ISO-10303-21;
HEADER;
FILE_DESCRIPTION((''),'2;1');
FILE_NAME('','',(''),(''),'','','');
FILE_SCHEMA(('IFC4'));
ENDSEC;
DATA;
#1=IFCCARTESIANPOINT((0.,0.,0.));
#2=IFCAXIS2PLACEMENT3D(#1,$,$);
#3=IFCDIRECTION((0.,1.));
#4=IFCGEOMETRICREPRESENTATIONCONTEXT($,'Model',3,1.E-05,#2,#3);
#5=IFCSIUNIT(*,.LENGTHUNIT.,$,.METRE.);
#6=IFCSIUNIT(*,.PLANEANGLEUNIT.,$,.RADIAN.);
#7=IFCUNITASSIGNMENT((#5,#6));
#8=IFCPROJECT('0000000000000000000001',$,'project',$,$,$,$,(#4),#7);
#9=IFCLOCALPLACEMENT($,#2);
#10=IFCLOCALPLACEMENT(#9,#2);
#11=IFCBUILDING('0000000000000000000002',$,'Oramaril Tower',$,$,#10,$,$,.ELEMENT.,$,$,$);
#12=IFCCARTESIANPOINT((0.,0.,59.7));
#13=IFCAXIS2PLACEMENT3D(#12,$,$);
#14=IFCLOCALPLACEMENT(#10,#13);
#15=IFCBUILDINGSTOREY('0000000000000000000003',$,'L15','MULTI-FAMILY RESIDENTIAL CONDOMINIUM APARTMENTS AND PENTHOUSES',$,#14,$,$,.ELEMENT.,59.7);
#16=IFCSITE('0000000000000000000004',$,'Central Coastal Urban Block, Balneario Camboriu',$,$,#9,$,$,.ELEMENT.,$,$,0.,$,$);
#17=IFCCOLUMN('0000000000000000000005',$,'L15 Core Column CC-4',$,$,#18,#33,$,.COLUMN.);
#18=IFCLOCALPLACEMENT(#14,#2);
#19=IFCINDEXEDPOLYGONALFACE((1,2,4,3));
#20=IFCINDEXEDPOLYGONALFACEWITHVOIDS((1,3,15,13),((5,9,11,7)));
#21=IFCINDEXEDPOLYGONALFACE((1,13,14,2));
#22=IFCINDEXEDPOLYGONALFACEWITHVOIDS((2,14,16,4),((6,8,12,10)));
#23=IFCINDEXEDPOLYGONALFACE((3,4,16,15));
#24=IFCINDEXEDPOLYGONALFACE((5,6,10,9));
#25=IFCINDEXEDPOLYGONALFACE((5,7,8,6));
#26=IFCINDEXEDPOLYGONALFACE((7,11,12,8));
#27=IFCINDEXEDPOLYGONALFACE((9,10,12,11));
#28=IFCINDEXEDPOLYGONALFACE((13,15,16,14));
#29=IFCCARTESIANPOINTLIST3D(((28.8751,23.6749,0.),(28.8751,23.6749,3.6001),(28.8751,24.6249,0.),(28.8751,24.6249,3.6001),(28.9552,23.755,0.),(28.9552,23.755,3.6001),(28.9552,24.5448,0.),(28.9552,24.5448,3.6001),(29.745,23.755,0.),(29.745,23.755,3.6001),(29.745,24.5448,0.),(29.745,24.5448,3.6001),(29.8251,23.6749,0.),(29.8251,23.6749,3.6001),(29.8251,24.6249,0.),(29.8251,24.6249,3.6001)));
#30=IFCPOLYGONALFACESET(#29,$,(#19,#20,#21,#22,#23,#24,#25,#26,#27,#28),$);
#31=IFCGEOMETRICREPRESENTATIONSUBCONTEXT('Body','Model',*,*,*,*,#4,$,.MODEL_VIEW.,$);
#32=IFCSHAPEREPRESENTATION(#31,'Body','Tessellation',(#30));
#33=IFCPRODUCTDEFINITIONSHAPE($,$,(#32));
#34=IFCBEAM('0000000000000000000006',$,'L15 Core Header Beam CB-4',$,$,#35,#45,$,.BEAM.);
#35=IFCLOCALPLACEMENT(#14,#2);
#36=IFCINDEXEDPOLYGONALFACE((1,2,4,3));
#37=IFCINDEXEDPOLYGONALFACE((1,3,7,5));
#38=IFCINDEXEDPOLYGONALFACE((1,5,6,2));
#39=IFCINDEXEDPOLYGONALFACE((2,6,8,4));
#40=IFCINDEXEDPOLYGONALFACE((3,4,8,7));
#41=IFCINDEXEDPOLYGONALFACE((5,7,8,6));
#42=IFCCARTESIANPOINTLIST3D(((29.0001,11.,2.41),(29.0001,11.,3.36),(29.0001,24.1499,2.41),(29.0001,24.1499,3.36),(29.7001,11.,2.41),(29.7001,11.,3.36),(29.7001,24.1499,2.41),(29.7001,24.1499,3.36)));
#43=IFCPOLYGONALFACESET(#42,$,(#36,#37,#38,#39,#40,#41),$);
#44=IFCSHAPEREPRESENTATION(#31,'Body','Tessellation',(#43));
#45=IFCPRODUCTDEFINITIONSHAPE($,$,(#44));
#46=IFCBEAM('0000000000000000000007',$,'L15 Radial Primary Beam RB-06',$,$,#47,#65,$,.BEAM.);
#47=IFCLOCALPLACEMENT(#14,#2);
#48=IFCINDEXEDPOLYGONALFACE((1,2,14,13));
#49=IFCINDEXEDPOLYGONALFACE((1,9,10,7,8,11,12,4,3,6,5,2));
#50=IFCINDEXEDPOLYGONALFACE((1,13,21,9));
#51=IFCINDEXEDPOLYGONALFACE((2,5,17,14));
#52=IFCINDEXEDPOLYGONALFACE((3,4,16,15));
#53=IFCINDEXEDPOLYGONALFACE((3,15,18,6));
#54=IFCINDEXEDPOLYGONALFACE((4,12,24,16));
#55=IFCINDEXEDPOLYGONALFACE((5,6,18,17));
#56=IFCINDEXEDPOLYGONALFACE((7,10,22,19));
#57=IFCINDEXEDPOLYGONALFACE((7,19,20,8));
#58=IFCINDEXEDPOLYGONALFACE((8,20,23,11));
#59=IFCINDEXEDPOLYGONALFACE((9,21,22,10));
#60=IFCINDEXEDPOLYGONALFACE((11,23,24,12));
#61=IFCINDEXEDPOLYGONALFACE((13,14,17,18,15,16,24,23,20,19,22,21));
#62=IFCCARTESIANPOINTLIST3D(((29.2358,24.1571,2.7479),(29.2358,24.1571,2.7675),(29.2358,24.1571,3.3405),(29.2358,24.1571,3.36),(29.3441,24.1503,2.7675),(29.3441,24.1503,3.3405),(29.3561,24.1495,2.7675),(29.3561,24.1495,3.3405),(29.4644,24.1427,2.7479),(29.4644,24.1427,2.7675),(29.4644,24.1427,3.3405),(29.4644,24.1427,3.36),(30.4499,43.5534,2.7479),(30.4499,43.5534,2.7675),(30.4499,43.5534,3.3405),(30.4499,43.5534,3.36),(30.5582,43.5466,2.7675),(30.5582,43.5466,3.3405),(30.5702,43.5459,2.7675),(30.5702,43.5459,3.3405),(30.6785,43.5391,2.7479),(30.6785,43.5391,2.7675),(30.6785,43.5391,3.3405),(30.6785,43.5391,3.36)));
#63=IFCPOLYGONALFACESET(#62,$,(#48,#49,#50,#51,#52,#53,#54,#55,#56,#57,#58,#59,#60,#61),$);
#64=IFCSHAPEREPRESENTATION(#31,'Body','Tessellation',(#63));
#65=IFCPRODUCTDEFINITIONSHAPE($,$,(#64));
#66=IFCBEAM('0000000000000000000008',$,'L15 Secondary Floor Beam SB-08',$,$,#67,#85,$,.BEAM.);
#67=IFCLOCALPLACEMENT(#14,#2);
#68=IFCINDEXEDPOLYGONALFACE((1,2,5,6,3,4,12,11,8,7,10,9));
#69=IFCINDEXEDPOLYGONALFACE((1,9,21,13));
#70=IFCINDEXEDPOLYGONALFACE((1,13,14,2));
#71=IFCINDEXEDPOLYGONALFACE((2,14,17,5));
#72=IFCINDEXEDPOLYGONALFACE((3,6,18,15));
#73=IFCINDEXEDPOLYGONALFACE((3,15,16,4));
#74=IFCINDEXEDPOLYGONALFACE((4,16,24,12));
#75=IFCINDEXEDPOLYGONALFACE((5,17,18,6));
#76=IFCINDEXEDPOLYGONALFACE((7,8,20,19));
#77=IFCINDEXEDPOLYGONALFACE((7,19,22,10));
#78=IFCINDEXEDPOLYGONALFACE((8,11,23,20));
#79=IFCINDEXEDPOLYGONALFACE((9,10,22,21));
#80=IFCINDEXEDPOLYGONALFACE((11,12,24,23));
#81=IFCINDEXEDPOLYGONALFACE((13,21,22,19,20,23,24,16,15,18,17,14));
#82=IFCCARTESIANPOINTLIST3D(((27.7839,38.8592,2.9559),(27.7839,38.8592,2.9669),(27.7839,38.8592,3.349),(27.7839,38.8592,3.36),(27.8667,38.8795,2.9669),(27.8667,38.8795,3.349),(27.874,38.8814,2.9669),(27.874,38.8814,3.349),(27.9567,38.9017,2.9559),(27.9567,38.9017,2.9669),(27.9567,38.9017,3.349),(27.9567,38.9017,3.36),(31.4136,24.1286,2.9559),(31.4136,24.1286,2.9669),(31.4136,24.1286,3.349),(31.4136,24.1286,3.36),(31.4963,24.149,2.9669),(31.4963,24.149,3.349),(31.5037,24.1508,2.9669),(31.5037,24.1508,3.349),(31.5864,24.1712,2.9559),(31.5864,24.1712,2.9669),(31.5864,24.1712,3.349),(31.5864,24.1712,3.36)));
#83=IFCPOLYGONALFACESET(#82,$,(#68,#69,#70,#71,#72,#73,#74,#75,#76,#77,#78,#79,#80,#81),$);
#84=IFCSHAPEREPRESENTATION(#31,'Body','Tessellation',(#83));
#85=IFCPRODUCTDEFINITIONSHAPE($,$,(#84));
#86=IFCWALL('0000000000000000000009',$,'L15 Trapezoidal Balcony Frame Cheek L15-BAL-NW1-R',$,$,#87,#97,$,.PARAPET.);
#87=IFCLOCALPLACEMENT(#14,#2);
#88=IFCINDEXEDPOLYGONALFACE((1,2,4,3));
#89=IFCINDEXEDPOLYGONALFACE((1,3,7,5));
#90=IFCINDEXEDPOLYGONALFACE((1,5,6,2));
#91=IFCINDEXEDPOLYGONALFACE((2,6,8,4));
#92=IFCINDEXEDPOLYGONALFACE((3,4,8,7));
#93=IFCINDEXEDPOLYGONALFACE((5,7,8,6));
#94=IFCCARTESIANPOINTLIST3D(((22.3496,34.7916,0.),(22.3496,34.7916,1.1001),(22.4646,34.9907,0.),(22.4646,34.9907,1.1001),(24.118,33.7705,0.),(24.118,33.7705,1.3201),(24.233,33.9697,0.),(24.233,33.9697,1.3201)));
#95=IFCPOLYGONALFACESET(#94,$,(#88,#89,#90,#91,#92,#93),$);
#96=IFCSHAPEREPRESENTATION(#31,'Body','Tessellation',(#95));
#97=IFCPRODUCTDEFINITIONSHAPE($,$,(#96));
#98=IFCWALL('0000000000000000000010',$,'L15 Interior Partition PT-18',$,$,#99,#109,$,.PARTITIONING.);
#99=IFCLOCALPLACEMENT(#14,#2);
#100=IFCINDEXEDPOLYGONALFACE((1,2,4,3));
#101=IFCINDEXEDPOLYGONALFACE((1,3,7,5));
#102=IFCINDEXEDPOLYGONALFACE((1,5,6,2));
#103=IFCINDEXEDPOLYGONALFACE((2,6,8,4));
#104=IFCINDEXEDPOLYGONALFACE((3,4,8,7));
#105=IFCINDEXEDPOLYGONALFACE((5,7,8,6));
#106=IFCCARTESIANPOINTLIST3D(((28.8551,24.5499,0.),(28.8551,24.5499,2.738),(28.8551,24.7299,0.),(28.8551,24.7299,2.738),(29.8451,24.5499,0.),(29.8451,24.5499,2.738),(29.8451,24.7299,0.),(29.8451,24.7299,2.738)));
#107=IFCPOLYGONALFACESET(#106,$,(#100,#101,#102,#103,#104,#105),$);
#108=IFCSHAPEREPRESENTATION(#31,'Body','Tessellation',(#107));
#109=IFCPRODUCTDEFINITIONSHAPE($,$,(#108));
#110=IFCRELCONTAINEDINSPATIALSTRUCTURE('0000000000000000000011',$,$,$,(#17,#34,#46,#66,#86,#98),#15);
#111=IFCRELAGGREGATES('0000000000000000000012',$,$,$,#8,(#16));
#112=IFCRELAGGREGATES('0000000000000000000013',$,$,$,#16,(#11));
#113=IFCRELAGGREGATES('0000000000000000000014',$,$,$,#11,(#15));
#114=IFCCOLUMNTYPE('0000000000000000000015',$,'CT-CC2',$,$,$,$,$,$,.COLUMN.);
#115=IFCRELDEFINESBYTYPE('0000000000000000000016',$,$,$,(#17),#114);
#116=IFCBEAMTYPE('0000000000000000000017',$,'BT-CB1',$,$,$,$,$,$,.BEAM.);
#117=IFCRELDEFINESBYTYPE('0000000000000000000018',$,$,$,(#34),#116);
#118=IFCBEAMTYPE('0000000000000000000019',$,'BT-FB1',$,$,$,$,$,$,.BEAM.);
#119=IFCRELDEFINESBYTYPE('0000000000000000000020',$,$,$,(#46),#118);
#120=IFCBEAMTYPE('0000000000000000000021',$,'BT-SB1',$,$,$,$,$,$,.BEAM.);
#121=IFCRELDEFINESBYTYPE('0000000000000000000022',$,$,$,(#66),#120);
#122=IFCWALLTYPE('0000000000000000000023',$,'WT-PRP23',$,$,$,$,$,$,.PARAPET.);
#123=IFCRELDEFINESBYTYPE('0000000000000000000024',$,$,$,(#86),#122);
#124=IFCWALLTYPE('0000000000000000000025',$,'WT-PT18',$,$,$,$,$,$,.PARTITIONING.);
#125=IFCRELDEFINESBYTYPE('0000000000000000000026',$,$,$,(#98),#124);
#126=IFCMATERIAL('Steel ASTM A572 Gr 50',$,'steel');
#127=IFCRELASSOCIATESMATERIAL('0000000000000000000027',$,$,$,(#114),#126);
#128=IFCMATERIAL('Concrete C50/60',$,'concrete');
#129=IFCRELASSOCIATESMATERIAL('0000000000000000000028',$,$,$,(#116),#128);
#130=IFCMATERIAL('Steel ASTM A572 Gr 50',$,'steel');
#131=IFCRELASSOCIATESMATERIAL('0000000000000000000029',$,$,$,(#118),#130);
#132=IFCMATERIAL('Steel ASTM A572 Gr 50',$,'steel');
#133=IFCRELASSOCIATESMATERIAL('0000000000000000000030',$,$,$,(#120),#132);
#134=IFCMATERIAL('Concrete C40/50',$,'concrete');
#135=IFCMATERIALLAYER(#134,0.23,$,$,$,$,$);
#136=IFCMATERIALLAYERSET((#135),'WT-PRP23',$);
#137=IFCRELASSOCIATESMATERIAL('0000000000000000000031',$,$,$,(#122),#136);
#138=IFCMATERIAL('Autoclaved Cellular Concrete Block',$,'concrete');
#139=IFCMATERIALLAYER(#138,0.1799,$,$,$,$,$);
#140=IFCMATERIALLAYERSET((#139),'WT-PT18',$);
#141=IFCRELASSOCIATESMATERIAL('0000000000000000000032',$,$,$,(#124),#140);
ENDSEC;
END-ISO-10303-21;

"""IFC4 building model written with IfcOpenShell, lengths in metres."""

from ifc_helpers import new_model, si_unit, direction, frame, frame_2d, origin, origin_2d, place, context, subcontext, project, spatial, polyline, rectangle, hollow_rectangle, i_section, outline, extrude, material, layer, layer_set, material_profile, profile_set, type_object, element, save


model = new_model("IFC4")

# Units and contexts
model_context = context("Model", 3, precision=1e-05, world=origin(), true_north=direction((0.0, 1.0)))
body_context = subcontext(model_context, "Body", "Model", "MODEL_VIEW")
ifc_project = project(units=[si_unit("LENGTHUNIT", "METRE"), si_unit("PLANEANGLEUNIT", "RADIAN")], contexts=[model_context])

# Site, building, storey
site_placement = place(None, origin())
site = spatial("IfcSite", under=ifc_project, at=site_placement, Name="Central Coastal Urban Block, Balneario Camboriu", CompositionType="ELEMENT", RefElevation=0.0)
building_placement = place(site_placement, origin())
building = spatial("IfcBuilding", under=site, at=building_placement, Name="Oramaril Tower", CompositionType="ELEMENT")
storey_placement = place(building_placement, frame((0.0, 0.0, 59.7)))
storey = spatial("IfcBuildingStorey", under=building, at=storey_placement, Name="L15", Description="MULTI-FAMILY RESIDENTIAL CONDOMINIUM APARTMENTS AND PENTHOUSES", CompositionType="ELEMENT", Elevation=59.7)

# Column
ifc_material_1 = material(Name="Steel ASTM A572 Gr 50", Category="steel")
ifc_material_profile_1 = material_profile(ifc_material_1, hollow_rectangle(XDim=0.95, YDim=0.95, WallThickness=0.0801, at=origin_2d()), Name="BOX950X950X80")
ifc_profile_set_1 = profile_set([ifc_material_profile_1], Name="Steel ASTM A572 Gr 50")
column_type = type_object("IfcColumnType", Name="CT-CC2", PredefinedType="COLUMN", material=ifc_profile_set_1)
column_placement = place(storey_placement, frame((29.3501, 24.1499, 0.0), z_axis=(0.0, 0.0, 1.0), x_axis=(1.0, 0.0, 0.0)))
element("IfcColumn", 1, at=column_placement, inside=storey, type_object=column_type, Name="L15 Core Column CC-4", PredefinedType="COLUMN", context=body_context, shape_type="SweptSolid", body=[
    extrude(hollow_rectangle(XDim=0.95, YDim=0.95, WallThickness=0.0801, at=origin_2d()), origin(), (0.0, 0.0, 1.0), 3.6001),
])

# Beams
ifc_material_2 = material(Name="Concrete C50/60", Category="concrete")
ifc_material_profile_2 = material_profile(ifc_material_2, rectangle(XDim=0.7, YDim=0.95, at=origin_2d()), Name="CB700X950")
ifc_profile_set_2 = profile_set([ifc_material_profile_2], Name="Concrete C50/60")
beam_type_1 = type_object("IfcBeamType", Name="BT-CB1", PredefinedType="BEAM", material=ifc_profile_set_2)
beam_1_placement = place(storey_placement, frame((29.3501, 24.1499, 2.885), z_axis=(0.0, -1.0, 0.0), x_axis=(1.0, 0.0, 0.0)))
element("IfcBeam", 2, at=beam_1_placement, inside=storey, type_object=beam_type_1, Name="L15 Core Header Beam CB-4", PredefinedType="BEAM", context=body_context, shape_type="SweptSolid", body=[
    extrude(rectangle(XDim=0.7, YDim=0.95, at=origin_2d()), origin(), (0.0, 0.0, 1.0), 13.1499),
])
ifc_material_3 = material(Name="Steel ASTM A572 Gr 50", Category="steel")
ifc_material_profile_3 = material_profile(ifc_material_3, i_section(OverallWidth=0.229, OverallDepth=0.6121, WebThickness=0.012, FlangeThickness=0.0195, at=origin_2d()), Name="W24X84")
ifc_profile_set_3 = profile_set([ifc_material_profile_3], Name="Steel ASTM A572 Gr 50")
beam_type_2 = type_object("IfcBeamType", Name="BT-FB1", PredefinedType="BEAM", material=ifc_profile_set_3)
beam_2_placement = place(storey_placement, frame((29.3501, 24.1499, 3.054), z_axis=(0.062472, 0.998047, 0.0), x_axis=(-0.998047, 0.062472, 0.0)))
element("IfcBeam", 3, at=beam_2_placement, inside=storey, type_object=beam_type_2, Name="L15 Radial Primary Beam RB-06", PredefinedType="BEAM", context=body_context, shape_type="SweptSolid", body=[
    extrude(i_section(OverallWidth=0.229, OverallDepth=0.6121, WebThickness=0.012, FlangeThickness=0.0195, at=origin_2d()), origin(), (0.0, 0.0, 1.0), 19.4343),
])
ifc_material_4 = material(Name="Steel ASTM A572 Gr 50", Category="steel")
ifc_material_profile_4 = material_profile(ifc_material_4, i_section(OverallWidth=0.178, OverallDepth=0.4041, WebThickness=0.0076, FlangeThickness=0.011, at=origin_2d()), Name="W16X36")
ifc_profile_set_4 = profile_set([ifc_material_profile_4], Name="Steel ASTM A572 Gr 50")
beam_type_3 = type_object("IfcBeamType", Name="BT-SB1", PredefinedType="BEAM", material=ifc_profile_set_4)
beam_3_placement = place(storey_placement, frame((31.5, 24.1499, 3.158), z_axis=(-0.239248, 0.970959, 0.0), x_axis=(-0.970959, -0.239248, 0.0)))
element("IfcBeam", 4, at=beam_3_placement, inside=storey, type_object=beam_type_3, Name="L15 Secondary Floor Beam SB-08", PredefinedType="BEAM", context=body_context, shape_type="SweptSolid", body=[
    extrude(i_section(OverallWidth=0.178, OverallDepth=0.4041, WebThickness=0.0076, FlangeThickness=0.011, at=origin_2d()), origin(), (0.0, 0.0, 1.0), 15.1711),
])

# Walls
ifc_material_5 = material(Name="Concrete C40/50", Category="concrete")
ifc_layer_1 = layer(ifc_material_5, 0.23)
ifc_layer_set_1 = layer_set([ifc_layer_1], Name="WT-PRP23")
wall_type_1 = type_object("IfcWallType", Name="WT-PRP23", PredefinedType="PARAPET", material=ifc_layer_set_1)
wall_1_placement = place(storey_placement, frame((24.1755, 33.8701, 0.0), z_axis=(0.0, 0.0, 1.0), x_axis=(-0.866012, 0.500023, 0.0)))
element("IfcWall", 5, at=wall_1_placement, inside=storey, type_object=wall_type_1, Name="L15 Trapezoidal Balcony Frame Cheek L15-BAL-NW1-R", PredefinedType="PARAPET", context=body_context, shape_type="SweptSolid", body=[
    extrude(outline(polyline([(0.0, 0.0), (2.042, 0.0), (2.042, 1.1001), (0.0, 1.3201), (0.0, 0.0)])), frame((0.0, 0.115, 0.0), z_axis=(0.0, -1.0, 0.0), x_axis=(1.0, 0.0, 0.0)), (0.0, 0.0, 1.0), 0.23),
])
ifc_material_6 = material(Name="Autoclaved Cellular Concrete Block", Category="concrete")
ifc_layer_2 = layer(ifc_material_6, 0.1799)
ifc_layer_set_2 = layer_set([ifc_layer_2], Name="WT-PT18")
wall_type_2 = type_object("IfcWallType", Name="WT-PT18", PredefinedType="PARTITIONING", material=ifc_layer_set_2)
wall_2_placement = place(storey_placement, frame((28.855, 24.6399, 0.0), z_axis=(0.0, 0.0, 1.0), x_axis=(1.0, 0.0, 0.0)))
element("IfcWall", 6, at=wall_2_placement, inside=storey, type_object=wall_type_2, Name="L15 Interior Partition PT-18", PredefinedType="PARTITIONING", context=body_context, shape_type="SweptSolid", body=[
    extrude(rectangle(XDim=0.99, YDim=0.1799, at=frame_2d((0.4951, 0.0))), origin(), (0.0, 0.0, 1.0), 2.738),
])

save(model, "model.ifc")
